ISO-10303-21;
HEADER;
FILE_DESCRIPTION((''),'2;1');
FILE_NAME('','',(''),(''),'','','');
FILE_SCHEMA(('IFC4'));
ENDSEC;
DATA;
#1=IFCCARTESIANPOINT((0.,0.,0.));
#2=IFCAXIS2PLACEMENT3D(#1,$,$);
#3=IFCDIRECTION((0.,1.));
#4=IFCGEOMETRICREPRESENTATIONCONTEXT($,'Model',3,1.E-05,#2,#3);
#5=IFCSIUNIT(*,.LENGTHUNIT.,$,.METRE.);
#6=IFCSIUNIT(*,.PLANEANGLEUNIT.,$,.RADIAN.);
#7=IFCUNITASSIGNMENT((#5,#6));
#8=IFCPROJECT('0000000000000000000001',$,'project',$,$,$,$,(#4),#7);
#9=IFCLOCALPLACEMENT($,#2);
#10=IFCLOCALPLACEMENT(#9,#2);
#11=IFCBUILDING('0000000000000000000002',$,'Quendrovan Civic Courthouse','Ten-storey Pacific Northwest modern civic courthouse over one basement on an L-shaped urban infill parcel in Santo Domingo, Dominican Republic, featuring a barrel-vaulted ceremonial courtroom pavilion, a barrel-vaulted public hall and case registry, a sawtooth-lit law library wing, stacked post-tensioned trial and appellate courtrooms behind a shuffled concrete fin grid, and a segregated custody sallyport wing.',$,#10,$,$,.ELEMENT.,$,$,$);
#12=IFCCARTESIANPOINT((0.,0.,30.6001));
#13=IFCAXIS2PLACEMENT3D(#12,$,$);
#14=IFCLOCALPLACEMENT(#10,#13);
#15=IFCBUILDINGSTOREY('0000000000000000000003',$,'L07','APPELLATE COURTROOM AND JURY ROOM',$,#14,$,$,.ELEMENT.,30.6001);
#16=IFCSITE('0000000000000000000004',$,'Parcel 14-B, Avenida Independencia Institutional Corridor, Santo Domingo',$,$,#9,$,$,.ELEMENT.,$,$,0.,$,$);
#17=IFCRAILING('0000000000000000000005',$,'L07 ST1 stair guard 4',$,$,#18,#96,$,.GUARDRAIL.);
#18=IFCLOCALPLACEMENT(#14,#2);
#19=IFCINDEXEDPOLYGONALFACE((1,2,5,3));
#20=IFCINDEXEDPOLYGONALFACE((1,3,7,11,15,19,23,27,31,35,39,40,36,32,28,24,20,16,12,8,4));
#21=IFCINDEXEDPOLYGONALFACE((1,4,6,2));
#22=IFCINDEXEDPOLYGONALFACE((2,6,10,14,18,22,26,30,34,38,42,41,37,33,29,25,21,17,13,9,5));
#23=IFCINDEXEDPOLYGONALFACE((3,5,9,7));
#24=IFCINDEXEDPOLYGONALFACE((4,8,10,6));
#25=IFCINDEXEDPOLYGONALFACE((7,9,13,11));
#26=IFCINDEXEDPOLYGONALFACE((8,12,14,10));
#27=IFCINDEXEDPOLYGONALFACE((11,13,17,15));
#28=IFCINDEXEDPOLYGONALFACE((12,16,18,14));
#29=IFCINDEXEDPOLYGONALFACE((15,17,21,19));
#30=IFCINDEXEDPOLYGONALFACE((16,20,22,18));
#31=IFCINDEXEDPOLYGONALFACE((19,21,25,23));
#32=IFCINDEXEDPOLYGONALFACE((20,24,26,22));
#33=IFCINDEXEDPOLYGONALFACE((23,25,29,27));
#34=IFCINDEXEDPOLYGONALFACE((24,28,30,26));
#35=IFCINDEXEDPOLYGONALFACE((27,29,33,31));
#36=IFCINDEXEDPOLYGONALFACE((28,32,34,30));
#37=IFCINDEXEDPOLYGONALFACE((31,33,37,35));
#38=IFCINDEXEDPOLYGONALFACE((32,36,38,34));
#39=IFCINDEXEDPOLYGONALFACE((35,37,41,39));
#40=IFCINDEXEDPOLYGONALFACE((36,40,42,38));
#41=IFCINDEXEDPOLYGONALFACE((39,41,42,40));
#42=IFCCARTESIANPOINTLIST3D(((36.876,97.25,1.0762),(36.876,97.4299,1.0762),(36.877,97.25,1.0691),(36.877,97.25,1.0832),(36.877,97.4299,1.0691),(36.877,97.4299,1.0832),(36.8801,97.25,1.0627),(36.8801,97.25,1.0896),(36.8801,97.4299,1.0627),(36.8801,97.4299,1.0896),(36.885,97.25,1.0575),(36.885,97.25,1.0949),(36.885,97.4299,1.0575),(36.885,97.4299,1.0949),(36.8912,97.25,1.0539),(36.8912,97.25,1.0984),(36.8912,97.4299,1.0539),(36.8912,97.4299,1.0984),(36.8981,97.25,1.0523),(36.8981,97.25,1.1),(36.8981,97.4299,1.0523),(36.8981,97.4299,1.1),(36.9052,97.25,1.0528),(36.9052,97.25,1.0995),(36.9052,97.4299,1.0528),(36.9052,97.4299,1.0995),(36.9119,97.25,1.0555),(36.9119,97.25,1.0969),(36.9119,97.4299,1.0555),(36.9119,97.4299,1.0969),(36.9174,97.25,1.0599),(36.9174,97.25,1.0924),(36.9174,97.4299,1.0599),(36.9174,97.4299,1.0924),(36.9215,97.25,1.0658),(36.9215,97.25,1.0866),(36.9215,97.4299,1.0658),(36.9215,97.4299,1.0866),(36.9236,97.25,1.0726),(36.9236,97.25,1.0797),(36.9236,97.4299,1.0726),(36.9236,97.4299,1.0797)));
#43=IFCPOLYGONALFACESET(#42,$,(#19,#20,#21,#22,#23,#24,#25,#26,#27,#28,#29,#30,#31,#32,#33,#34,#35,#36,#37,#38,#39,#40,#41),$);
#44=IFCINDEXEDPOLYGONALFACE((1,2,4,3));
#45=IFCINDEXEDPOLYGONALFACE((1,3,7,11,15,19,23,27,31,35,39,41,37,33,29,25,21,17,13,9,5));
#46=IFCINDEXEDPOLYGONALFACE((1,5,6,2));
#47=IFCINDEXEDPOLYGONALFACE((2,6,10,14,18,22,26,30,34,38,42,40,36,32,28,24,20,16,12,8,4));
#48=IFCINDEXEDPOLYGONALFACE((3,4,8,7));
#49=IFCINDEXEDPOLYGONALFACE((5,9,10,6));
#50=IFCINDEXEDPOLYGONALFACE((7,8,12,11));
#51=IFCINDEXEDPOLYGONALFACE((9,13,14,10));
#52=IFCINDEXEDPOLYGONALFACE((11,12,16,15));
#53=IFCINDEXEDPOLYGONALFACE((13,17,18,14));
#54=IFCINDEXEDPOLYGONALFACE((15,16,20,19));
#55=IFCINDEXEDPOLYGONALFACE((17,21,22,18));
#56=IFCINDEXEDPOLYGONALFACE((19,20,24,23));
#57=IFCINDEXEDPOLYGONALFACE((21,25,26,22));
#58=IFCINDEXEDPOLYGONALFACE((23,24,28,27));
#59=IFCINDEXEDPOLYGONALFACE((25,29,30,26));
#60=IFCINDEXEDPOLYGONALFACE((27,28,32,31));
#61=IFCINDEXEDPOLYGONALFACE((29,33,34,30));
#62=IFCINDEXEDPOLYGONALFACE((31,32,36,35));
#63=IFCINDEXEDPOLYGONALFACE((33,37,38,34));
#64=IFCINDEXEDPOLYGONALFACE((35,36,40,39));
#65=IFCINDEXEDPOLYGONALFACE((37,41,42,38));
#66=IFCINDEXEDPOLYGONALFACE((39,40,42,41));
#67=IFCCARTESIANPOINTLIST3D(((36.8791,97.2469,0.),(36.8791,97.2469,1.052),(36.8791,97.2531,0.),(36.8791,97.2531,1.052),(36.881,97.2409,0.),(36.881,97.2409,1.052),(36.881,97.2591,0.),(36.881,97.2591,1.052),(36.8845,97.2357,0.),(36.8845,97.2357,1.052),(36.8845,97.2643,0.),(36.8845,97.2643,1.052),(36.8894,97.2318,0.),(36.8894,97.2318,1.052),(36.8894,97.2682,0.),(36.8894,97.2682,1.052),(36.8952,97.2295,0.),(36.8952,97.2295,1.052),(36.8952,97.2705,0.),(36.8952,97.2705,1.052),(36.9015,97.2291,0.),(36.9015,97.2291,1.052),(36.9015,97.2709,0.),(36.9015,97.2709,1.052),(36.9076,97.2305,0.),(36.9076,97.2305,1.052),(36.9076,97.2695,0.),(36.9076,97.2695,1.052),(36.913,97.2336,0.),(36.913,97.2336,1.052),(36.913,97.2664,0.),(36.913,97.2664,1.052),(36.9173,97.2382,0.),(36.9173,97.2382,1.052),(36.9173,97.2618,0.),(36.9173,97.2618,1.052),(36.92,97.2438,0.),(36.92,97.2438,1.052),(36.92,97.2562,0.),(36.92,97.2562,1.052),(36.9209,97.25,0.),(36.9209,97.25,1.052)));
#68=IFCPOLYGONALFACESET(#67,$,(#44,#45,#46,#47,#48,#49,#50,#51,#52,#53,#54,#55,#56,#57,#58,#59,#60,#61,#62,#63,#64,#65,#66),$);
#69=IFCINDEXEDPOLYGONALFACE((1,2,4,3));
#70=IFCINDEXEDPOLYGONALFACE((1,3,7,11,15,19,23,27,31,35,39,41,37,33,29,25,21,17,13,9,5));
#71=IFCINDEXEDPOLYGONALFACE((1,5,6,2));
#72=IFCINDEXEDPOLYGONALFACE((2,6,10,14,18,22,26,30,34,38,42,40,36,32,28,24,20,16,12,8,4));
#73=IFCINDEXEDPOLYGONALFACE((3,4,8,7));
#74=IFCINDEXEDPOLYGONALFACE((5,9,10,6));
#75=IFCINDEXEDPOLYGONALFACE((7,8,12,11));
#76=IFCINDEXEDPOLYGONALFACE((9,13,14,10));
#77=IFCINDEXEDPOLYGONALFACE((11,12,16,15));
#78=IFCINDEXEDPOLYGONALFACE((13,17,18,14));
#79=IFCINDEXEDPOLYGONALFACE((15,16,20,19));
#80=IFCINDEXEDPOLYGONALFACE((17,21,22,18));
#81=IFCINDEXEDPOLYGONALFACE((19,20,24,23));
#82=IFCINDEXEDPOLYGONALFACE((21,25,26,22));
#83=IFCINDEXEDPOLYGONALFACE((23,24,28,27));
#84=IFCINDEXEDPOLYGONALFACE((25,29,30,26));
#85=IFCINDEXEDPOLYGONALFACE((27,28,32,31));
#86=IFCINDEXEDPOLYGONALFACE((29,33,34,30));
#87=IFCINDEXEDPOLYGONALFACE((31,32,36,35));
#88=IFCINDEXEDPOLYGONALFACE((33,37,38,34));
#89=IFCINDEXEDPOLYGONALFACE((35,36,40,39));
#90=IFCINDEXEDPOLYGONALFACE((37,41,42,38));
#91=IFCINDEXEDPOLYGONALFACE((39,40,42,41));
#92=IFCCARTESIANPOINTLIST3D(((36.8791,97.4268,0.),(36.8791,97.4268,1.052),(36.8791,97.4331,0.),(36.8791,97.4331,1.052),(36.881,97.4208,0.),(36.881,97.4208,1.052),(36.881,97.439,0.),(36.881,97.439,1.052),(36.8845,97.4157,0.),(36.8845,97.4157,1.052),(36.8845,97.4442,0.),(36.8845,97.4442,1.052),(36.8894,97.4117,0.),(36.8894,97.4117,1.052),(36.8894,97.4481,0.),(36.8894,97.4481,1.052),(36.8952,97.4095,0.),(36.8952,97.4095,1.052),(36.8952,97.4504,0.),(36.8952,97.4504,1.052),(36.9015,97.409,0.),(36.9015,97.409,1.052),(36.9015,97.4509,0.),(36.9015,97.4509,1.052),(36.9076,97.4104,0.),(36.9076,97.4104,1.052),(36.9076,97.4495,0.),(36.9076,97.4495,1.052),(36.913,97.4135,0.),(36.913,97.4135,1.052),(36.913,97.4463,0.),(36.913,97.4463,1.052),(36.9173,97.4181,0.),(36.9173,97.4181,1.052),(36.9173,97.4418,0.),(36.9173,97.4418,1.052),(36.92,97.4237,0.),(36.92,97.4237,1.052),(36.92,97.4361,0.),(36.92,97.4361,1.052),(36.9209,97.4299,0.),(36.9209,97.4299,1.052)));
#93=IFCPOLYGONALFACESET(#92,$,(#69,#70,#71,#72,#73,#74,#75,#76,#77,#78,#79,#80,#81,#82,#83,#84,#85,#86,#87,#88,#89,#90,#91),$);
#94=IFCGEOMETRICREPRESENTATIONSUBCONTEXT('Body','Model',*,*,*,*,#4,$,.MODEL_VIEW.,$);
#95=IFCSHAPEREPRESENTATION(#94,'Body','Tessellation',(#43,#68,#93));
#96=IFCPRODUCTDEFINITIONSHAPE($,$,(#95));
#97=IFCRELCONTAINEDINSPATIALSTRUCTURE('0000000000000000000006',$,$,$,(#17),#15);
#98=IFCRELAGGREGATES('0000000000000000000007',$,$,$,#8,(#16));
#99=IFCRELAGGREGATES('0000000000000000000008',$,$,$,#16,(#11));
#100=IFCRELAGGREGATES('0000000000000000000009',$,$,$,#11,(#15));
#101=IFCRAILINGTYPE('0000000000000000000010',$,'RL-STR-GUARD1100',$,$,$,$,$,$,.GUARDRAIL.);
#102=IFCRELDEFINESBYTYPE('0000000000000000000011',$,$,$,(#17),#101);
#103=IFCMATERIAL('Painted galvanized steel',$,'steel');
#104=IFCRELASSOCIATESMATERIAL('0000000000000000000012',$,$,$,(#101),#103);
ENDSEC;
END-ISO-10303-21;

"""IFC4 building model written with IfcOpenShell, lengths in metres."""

from ifc_helpers import new_model, si_unit, direction, frame, origin, origin_2d, place, context, subcontext, project, spatial, circle, extrude, material, type_object, element, save


model = new_model("IFC4")

# Units and contexts
model_context = context("Model", 3, precision=1e-05, world=origin(), true_north=direction((0.0, 1.0)))
body_context = subcontext(model_context, "Body", "Model", "MODEL_VIEW")
ifc_project = project(units=[si_unit("LENGTHUNIT", "METRE"), si_unit("PLANEANGLEUNIT", "RADIAN")], contexts=[model_context])

# Site, building, storey
site_placement = place(None, origin())
site = spatial("IfcSite", under=ifc_project, at=site_placement, Name="Parcel 14-B, Avenida Independencia Institutional Corridor, Santo Domingo", CompositionType="ELEMENT", RefElevation=0.0)
building_placement = place(site_placement, origin())
building = spatial("IfcBuilding", under=site, at=building_placement, Name="Quendrovan Civic Courthouse", Description="Ten-storey Pacific Northwest modern civic courthouse over one basement on an L-shaped urban infill parcel in Santo Domingo, Dominican Republic, featuring a barrel-vaulted ceremonial courtroom pavilion, a barrel-vaulted public hall and case registry, a sawtooth-lit law library wing, stacked post-tensioned trial and appellate courtrooms behind a shuffled concrete fin grid, and a segregated custody sallyport wing.", CompositionType="ELEMENT")
storey_placement = place(building_placement, frame((0.0, 0.0, 30.6001)))
storey = spatial("IfcBuildingStorey", under=building, at=storey_placement, Name="L07", Description="APPELLATE COURTROOM AND JURY ROOM", CompositionType="ELEMENT", Elevation=30.6001)

# Railing
ifc_material_1 = material(Name="Painted galvanized steel", Category="steel")
railing_type_1 = type_object("IfcRailingType", Name="RL-STR-GUARD1100", PredefinedType="GUARDRAIL", material=ifc_material_1)
railing_1_placement = place(storey_placement, frame((36.8999, 97.25, 0.0)))
element("IfcRailing", 1, at=railing_1_placement, inside=storey, type_object=railing_type_1, Name="L07 ST1 stair guard 4", PredefinedType="GUARDRAIL", context=body_context, shape_type="SweptSolid", body=[
    extrude(circle(Radius=0.0239, at=origin_2d()), frame((0.0, 0.0, 1.0762), z_axis=(0.0, 1.0, 0.0), x_axis=(-1.0, 0.0, 0.0)), (0.0, 0.0, 1.0), 0.1799),
    extrude(circle(Radius=0.021, at=origin_2d()), origin(), (0.0, 0.0, 1.0), 1.052),
    extrude(circle(Radius=0.021, at=origin_2d()), frame((0.0, 0.1799, 0.0)), (0.0, 0.0, 1.0), 1.052),
])

save(model, "model.ifc")
